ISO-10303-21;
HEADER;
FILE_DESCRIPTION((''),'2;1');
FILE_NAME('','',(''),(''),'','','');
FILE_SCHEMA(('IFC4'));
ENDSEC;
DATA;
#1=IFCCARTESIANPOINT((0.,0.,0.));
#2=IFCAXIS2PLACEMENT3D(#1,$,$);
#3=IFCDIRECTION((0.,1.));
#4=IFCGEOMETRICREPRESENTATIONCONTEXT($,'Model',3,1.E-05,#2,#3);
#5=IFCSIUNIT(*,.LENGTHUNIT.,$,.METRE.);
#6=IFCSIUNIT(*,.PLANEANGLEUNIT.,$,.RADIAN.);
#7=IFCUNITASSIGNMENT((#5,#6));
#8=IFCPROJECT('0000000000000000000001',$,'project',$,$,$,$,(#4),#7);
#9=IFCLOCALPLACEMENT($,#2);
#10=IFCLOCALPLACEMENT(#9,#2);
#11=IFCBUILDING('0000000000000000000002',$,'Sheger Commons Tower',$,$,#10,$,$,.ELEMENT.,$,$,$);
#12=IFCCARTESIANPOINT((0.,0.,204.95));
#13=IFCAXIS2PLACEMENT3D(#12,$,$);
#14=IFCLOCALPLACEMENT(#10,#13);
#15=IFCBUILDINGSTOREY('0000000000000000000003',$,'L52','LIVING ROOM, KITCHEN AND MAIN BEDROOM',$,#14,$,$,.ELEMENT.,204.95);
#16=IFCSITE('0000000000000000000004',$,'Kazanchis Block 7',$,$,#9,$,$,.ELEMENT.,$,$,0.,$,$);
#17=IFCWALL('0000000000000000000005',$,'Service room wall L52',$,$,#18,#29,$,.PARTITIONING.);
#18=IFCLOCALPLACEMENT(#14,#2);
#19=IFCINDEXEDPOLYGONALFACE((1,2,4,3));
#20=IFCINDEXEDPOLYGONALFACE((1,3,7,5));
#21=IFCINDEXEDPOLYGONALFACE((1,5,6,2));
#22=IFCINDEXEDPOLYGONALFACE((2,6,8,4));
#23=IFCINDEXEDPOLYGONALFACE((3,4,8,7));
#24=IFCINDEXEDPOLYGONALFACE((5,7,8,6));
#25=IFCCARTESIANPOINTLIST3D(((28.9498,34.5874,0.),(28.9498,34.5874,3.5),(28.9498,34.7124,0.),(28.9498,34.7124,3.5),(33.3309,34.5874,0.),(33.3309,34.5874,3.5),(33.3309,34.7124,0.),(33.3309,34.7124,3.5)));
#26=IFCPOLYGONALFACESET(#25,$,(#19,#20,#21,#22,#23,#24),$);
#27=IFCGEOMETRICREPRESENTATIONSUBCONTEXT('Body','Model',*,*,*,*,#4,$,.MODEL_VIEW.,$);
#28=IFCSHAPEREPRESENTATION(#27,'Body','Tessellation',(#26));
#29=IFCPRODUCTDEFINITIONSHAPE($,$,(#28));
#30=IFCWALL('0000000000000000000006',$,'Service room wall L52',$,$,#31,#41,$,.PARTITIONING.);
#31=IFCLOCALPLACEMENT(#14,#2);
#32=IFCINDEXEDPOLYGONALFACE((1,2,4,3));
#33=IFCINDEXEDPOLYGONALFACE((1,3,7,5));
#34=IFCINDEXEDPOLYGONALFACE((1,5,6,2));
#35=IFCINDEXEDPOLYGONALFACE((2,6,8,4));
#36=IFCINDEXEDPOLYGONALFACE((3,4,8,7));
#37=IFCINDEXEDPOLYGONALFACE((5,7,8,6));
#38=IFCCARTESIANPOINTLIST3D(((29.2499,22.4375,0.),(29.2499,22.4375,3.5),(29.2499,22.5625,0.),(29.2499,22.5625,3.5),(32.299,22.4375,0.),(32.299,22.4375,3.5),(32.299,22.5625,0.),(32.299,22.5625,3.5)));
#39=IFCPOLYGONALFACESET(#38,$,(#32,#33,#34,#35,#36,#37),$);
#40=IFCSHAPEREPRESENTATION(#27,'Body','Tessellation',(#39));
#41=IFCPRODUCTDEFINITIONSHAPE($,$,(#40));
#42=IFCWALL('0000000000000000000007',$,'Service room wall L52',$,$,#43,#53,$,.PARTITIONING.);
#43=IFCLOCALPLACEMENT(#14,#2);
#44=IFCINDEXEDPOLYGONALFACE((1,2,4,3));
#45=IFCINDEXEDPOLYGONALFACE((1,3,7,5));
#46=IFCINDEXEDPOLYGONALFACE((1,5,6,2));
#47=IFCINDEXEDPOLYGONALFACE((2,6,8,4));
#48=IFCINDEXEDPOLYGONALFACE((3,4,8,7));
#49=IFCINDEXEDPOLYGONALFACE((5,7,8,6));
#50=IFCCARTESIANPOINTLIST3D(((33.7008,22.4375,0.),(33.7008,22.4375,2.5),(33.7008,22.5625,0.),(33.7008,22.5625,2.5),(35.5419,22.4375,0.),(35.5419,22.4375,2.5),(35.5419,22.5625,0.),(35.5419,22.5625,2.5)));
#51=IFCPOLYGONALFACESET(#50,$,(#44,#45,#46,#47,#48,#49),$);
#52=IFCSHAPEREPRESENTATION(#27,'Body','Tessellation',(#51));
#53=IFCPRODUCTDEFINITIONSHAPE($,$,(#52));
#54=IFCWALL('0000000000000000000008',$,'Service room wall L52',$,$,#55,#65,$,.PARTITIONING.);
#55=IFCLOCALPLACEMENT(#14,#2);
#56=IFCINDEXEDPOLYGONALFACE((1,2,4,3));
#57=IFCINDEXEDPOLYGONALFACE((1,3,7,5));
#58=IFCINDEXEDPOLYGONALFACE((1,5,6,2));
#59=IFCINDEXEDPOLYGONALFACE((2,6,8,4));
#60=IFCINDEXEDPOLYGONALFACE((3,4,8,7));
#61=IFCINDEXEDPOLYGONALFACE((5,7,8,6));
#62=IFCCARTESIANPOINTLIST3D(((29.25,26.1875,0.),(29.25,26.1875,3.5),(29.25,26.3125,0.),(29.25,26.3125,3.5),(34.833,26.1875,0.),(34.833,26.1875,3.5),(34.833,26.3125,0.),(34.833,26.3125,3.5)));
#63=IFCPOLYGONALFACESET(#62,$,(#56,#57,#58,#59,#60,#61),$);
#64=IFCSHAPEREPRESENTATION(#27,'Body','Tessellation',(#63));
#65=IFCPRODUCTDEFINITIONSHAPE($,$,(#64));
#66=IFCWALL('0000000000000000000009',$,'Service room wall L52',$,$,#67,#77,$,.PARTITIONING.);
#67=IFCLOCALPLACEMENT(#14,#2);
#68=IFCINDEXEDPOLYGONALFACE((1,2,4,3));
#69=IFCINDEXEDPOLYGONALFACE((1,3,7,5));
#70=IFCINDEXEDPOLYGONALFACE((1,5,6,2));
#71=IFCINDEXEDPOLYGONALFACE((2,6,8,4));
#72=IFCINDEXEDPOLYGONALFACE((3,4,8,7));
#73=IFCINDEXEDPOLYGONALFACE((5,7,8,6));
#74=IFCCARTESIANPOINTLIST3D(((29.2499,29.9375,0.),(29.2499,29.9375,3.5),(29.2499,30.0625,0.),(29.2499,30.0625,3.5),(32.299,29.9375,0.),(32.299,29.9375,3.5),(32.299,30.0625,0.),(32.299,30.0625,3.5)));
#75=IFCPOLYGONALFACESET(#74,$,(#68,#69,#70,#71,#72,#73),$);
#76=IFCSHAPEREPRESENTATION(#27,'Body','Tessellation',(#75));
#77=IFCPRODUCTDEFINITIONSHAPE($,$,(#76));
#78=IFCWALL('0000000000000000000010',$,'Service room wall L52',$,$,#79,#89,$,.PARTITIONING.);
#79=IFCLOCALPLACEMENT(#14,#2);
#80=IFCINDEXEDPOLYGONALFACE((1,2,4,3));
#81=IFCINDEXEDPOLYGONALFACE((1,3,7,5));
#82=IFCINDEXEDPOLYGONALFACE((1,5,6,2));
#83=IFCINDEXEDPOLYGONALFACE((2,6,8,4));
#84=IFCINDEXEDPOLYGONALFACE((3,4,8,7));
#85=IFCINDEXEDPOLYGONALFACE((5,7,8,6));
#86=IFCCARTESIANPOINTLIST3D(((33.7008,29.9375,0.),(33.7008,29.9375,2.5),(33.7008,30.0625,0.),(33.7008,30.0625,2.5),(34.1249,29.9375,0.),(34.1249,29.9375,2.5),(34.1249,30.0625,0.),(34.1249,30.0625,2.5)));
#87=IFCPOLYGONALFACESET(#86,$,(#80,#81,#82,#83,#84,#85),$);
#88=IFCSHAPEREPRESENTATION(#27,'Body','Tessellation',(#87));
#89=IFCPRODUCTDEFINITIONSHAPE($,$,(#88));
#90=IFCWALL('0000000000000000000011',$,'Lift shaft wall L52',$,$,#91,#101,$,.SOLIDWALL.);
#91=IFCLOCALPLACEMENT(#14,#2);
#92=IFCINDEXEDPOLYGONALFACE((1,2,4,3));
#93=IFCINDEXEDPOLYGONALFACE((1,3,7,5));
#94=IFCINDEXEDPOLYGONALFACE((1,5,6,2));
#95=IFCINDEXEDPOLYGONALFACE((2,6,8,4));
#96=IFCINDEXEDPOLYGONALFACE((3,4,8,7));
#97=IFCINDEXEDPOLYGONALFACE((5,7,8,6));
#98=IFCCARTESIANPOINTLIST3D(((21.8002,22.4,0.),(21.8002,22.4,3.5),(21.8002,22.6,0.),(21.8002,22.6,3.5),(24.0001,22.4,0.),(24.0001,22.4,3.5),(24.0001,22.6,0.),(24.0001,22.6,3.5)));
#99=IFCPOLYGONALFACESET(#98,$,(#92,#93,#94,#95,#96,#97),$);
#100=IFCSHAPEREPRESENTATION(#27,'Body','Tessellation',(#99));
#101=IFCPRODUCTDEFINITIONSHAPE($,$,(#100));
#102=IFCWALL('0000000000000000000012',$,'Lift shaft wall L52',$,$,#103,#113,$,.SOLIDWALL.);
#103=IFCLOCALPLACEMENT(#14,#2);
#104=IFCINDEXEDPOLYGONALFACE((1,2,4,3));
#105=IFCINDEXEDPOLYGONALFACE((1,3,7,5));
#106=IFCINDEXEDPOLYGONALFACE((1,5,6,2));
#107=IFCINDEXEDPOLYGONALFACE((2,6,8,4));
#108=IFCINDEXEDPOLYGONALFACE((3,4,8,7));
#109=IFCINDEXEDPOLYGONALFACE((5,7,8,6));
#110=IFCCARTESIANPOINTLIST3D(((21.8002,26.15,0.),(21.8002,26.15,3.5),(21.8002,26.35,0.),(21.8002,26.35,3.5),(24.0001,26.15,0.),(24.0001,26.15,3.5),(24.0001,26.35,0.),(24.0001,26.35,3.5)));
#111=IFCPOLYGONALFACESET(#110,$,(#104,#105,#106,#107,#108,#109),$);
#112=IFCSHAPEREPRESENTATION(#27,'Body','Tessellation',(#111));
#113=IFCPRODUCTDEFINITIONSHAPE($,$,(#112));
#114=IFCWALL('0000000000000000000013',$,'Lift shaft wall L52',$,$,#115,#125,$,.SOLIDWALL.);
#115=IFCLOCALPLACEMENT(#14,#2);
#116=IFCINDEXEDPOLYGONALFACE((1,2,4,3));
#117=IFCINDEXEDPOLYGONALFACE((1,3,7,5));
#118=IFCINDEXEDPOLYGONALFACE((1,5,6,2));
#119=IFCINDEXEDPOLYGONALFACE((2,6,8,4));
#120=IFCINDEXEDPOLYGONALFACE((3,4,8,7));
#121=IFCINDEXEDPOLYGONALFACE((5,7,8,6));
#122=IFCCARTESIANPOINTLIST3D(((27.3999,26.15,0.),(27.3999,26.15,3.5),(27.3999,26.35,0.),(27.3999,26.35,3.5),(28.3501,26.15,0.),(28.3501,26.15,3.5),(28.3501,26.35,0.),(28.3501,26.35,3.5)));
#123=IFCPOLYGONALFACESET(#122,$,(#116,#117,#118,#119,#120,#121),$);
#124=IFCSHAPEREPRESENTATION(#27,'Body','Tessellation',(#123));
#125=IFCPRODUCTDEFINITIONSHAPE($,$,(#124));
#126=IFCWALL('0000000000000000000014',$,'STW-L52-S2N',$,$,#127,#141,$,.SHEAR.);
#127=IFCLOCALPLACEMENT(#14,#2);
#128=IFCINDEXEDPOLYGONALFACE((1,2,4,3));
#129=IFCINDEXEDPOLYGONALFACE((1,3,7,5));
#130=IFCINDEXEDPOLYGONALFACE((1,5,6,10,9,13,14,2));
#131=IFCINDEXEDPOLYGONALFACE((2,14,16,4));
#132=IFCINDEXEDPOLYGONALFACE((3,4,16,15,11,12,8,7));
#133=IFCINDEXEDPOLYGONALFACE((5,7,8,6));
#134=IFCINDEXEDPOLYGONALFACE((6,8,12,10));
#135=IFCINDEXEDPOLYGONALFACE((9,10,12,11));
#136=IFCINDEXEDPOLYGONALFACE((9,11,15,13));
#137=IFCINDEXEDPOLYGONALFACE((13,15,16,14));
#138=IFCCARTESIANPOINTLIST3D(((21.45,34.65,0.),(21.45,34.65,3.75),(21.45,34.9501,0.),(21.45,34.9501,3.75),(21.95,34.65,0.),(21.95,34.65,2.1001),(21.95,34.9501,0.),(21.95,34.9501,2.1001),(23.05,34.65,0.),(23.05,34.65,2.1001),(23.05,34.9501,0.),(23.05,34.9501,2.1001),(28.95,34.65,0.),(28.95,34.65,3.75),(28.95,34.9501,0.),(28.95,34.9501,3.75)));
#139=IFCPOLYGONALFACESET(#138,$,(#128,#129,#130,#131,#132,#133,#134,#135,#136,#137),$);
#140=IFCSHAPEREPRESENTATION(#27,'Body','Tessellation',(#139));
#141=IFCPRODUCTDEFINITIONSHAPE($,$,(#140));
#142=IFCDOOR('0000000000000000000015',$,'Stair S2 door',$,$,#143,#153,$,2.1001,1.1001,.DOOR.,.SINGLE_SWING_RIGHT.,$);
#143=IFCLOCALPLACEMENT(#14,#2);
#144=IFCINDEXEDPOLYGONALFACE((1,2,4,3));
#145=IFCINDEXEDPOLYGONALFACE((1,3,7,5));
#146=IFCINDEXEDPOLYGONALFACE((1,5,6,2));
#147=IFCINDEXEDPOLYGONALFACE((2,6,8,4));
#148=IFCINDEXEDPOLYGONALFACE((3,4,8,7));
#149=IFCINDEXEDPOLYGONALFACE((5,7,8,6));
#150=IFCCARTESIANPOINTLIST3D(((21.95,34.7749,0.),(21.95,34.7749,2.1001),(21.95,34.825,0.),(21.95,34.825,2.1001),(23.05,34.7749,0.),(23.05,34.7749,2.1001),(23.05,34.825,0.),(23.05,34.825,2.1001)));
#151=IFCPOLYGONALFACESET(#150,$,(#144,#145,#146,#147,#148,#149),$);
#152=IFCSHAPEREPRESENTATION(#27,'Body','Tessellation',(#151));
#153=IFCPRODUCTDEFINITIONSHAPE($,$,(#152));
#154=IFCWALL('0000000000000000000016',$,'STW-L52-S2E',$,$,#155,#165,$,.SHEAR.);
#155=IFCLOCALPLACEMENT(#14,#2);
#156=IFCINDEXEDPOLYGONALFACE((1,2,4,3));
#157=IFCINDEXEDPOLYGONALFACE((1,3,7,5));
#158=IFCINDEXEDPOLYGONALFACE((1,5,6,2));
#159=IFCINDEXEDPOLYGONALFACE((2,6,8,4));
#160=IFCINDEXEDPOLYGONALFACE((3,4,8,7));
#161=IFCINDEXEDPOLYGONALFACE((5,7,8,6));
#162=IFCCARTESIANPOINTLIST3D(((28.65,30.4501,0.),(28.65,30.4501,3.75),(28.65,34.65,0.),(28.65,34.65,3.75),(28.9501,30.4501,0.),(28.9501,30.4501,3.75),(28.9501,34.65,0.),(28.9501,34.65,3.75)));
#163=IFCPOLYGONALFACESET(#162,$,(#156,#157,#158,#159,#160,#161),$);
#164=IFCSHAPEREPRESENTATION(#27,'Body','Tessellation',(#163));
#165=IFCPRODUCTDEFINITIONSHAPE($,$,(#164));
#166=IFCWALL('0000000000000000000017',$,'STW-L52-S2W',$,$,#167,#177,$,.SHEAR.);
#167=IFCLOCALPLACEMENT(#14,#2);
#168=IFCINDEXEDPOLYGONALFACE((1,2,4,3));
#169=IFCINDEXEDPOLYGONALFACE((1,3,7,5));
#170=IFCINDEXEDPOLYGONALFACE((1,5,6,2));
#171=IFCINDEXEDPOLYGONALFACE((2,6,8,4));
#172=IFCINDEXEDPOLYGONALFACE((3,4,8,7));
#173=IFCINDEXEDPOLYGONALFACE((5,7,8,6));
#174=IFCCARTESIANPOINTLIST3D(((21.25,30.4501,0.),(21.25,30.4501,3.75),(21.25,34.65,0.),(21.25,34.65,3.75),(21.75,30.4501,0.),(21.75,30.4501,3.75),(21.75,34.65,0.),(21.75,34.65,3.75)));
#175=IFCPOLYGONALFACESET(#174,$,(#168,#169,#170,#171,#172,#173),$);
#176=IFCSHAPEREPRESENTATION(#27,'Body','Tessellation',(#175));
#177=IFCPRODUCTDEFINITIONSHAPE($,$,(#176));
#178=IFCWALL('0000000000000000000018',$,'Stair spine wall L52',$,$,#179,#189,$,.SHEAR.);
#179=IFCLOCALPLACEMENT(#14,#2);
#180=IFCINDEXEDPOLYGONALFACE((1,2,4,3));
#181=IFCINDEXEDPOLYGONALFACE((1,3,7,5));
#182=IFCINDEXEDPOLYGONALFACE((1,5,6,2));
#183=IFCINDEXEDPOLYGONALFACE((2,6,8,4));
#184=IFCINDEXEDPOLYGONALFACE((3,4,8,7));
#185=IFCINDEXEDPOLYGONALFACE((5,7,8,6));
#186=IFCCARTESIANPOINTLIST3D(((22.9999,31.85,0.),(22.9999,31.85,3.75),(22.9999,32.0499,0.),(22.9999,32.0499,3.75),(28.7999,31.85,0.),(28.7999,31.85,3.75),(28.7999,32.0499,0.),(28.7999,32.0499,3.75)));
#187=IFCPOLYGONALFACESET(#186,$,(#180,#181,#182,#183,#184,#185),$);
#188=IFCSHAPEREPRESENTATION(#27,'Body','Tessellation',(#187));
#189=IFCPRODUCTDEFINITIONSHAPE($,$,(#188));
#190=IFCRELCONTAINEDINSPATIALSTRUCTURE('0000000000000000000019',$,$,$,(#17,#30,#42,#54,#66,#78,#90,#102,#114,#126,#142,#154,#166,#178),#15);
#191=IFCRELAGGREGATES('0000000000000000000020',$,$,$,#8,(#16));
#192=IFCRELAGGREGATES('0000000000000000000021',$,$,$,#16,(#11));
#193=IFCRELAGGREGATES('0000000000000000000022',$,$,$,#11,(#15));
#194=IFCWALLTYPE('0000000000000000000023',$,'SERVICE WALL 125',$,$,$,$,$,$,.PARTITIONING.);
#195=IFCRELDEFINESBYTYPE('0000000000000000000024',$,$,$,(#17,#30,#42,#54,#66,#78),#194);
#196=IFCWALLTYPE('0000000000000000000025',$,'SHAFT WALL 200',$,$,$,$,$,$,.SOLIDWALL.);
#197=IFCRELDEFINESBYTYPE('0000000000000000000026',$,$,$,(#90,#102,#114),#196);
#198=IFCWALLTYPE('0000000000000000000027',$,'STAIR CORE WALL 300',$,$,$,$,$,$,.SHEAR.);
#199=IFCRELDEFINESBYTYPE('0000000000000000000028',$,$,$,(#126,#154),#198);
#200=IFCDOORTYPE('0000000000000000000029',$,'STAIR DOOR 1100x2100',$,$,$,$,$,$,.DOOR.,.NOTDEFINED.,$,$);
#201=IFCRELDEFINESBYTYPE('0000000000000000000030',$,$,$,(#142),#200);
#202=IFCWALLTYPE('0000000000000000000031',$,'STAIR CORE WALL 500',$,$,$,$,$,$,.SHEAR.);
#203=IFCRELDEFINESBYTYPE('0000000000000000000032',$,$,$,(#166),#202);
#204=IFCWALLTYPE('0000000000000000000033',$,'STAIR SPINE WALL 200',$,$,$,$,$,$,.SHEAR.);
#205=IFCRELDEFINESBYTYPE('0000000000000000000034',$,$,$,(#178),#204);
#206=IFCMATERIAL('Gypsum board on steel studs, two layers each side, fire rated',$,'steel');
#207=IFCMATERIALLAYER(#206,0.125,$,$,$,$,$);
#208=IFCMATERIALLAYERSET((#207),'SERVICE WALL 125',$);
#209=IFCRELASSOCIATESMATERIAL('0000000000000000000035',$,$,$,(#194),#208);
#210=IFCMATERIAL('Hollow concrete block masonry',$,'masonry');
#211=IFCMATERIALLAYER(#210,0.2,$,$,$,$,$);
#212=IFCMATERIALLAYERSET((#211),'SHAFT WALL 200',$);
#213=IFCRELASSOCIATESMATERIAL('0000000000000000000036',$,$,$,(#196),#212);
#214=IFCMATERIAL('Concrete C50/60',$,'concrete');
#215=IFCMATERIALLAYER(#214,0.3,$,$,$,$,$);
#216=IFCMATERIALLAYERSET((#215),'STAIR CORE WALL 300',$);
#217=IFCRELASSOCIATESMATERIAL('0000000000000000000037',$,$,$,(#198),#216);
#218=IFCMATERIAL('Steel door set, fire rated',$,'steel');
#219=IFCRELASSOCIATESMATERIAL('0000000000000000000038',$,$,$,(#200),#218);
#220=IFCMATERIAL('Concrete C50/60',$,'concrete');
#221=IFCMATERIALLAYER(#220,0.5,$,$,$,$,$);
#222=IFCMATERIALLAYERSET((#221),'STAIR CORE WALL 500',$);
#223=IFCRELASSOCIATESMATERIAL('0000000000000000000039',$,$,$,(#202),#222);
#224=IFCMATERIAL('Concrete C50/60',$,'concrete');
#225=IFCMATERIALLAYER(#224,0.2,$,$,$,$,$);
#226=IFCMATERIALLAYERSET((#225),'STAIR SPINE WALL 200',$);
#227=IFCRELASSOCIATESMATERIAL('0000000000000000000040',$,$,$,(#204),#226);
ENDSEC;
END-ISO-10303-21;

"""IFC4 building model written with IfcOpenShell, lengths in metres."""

from ifc_helpers import new_model, si_unit, direction, frame, frame_2d, origin, place, context, subcontext, project, spatial, rectangle, extrude, material, layer, layer_set, type_object, element, fill, save


model = new_model("IFC4")

# Units and contexts
model_context = context("Model", 3, precision=1e-05, world=origin(), true_north=direction((0.0, 1.0)))
body_context = subcontext(model_context, "Body", "Model", "MODEL_VIEW")
ifc_project = project(units=[si_unit("LENGTHUNIT", "METRE"), si_unit("PLANEANGLEUNIT", "RADIAN")], contexts=[model_context])

# Site, building, storey
site_placement = place(None, origin())
site = spatial("IfcSite", under=ifc_project, at=site_placement, Name="Kazanchis Block 7", CompositionType="ELEMENT", RefElevation=0.0)
building_placement = place(site_placement, origin())
building = spatial("IfcBuilding", under=site, at=building_placement, Name="Sheger Commons Tower", CompositionType="ELEMENT")
storey_placement = place(building_placement, frame((0.0, 0.0, 204.95)))
storey = spatial("IfcBuildingStorey", under=building, at=storey_placement, Name="L52", Description="LIVING ROOM, KITCHEN AND MAIN BEDROOM", CompositionType="ELEMENT", Elevation=204.95)

# Walls
ifc_material_1 = material(Name="Gypsum board on steel studs, two layers each side, fire rated", Category="steel")
ifc_layer_1 = layer(ifc_material_1, 0.125)
ifc_layer_set_1 = layer_set([ifc_layer_1], Name="SERVICE WALL 125")
wall_type_1 = type_object("IfcWallType", Name="SERVICE WALL 125", PredefinedType="PARTITIONING", material=ifc_layer_set_1)
wall_1_placement = place(storey_placement, frame((28.95, 34.6499, 0.0), z_axis=(0.0, 0.0, 1.0), x_axis=(1.0, 0.0, 0.0)))
element("IfcWall", 1, at=wall_1_placement, inside=storey, type_object=wall_type_1, Name="Service room wall L52", PredefinedType="PARTITIONING", context=body_context, shape_type="SweptSolid", body=[
    extrude(rectangle(XDim=4.3811, YDim=0.125, at=frame_2d((2.1904, 0.0))), origin(), (0.0, 0.0, 1.0), 3.5),
])
wall_2_placement = place(storey_placement, frame((29.25, 22.5, 0.0), z_axis=(0.0, 0.0, 1.0), x_axis=(1.0, 0.0, 0.0)))
element("IfcWall", 2, at=wall_2_placement, inside=storey, type_object=wall_type_1, Name="Service room wall L52", PredefinedType="PARTITIONING", context=body_context, shape_type="SweptSolid", body=[
    extrude(rectangle(XDim=3.0491, YDim=0.125, at=frame_2d((1.5244, 0.0))), origin(), (0.0, 0.0, 1.0), 3.5),
])
wall_3_placement = place(storey_placement, frame((33.7009, 22.5, 0.0), z_axis=(0.0, 0.0, 1.0), x_axis=(1.0, 0.0, 0.0)))
element("IfcWall", 3, at=wall_3_placement, inside=storey, type_object=wall_type_1, Name="Service room wall L52", PredefinedType="PARTITIONING", context=body_context, shape_type="SweptSolid", body=[
    extrude(rectangle(XDim=1.8411, YDim=0.125, at=frame_2d((0.9204, 0.0))), origin(), (0.0, 0.0, 1.0), 2.5),
])
wall_4_placement = place(storey_placement, frame((29.25, 26.25, 0.0), z_axis=(0.0, 0.0, 1.0), x_axis=(1.0, 0.0, 0.0)))
element("IfcWall", 4, at=wall_4_placement, inside=storey, type_object=wall_type_1, Name="Service room wall L52", PredefinedType="PARTITIONING", context=body_context, shape_type="SweptSolid", body=[
    extrude(rectangle(XDim=5.583, YDim=0.125, at=frame_2d((2.7915, 0.0))), origin(), (0.0, 0.0, 1.0), 3.5),
])
wall_5_placement = place(storey_placement, frame((29.25, 30.0, 0.0), z_axis=(0.0, 0.0, 1.0), x_axis=(1.0, 0.0, 0.0)))
element("IfcWall", 5, at=wall_5_placement, inside=storey, type_object=wall_type_1, Name="Service room wall L52", PredefinedType="PARTITIONING", context=body_context, shape_type="SweptSolid", body=[
    extrude(rectangle(XDim=3.0491, YDim=0.125, at=frame_2d((1.5244, 0.0))), origin(), (0.0, 0.0, 1.0), 3.5),
])
wall_6_placement = place(storey_placement, frame((33.7009, 30.0, 0.0), z_axis=(0.0, 0.0, 1.0), x_axis=(1.0, 0.0, 0.0)))
element("IfcWall", 6, at=wall_6_placement, inside=storey, type_object=wall_type_1, Name="Service room wall L52", PredefinedType="PARTITIONING", context=body_context, shape_type="SweptSolid", body=[
    extrude(rectangle(XDim=0.4241, YDim=0.125, at=frame_2d((0.2119, 0.0))), origin(), (0.0, 0.0, 1.0), 2.5),
])
ifc_material_2 = material(Name="Hollow concrete block masonry", Category="masonry")
ifc_layer_2 = layer(ifc_material_2, 0.2)
ifc_layer_set_2 = layer_set([ifc_layer_2], Name="SHAFT WALL 200")
wall_type_2 = type_object("IfcWallType", Name="SHAFT WALL 200", PredefinedType="SOLIDWALL", material=ifc_layer_set_2)
for number, where, z_axis, x_axis, name in (
    (7, (21.8, 22.5, 0.0), (0.0, 0.0, 1.0), (1.0, 0.0, 0.0), "Lift shaft wall L52"),
    (8, (21.8, 26.25, 0.0), (0.0, 0.0, 1.0), (1.0, 0.0, 0.0), "Lift shaft wall L52"),
):
    element("IfcWall", number, at=place(storey_placement, frame(where, z_axis=z_axis, x_axis=x_axis)), inside=storey, type_object=wall_type_2, Name=name, PredefinedType="SOLIDWALL", context=body_context, shape_type="SweptSolid", body=[
        extrude(rectangle(XDim=2.2, YDim=0.2, at=frame_2d((1.1001, 0.0))), origin(), (0.0, 0.0, 1.0), 3.5),
    ])
wall_7_placement = place(storey_placement, frame((27.3999, 26.25, 0.0), z_axis=(0.0, 0.0, 1.0), x_axis=(1.0, 0.0, 0.0)))
element("IfcWall", 9, at=wall_7_placement, inside=storey, type_object=wall_type_2, Name="Lift shaft wall L52", PredefinedType="SOLIDWALL", context=body_context, shape_type="SweptSolid", body=[
    extrude(rectangle(XDim=0.9502, YDim=0.2, at=frame_2d((0.4751, 0.0))), origin(), (0.0, 0.0, 1.0), 3.5),
])

# Wall, opening, door
ifc_material_3 = material(Name="Concrete C50/60", Category="concrete")
ifc_layer_3 = layer(ifc_material_3, 0.3)
ifc_layer_set_3 = layer_set([ifc_layer_3], Name="STAIR CORE WALL 300")
wall_type_3 = type_object("IfcWallType", Name="STAIR CORE WALL 300", PredefinedType="SHEAR", material=ifc_layer_set_3)
wall_8_placement = place(storey_placement, frame((21.45, 34.8, 0.0), z_axis=(0.0, 0.0, 1.0), x_axis=(1.0, 0.0, 0.0)))
wall_8 = element("IfcWall", 10, at=wall_8_placement, inside=storey, type_object=wall_type_3, Name="STW-L52-S2N", PredefinedType="SHEAR", context=body_context, shape_type="SweptSolid", body=[
    extrude(rectangle(XDim=7.5, YDim=0.3, at=frame_2d((3.75, 0.0))), origin(), (0.0, 0.0, 1.0), 3.75),
])
opening_1_placement = place(wall_8_placement, frame((0.5, 0.0, 0.0)))
opening_1 = element("IfcOpeningElement", 11, at=opening_1_placement, cuts=wall_8, PredefinedType="OPENING", context=body_context, shape_type="SweptSolid", body=[
    extrude(rectangle(XDim=1.1001, YDim=2.1001, at=frame_2d((0.55, 1.05))), frame((0.0, 0.1599, 0.0), z_axis=(0.0, -1.0, 0.0), x_axis=(1.0, 0.0, 0.0)), (0.0, 0.0, 1.0), 0.3201),
])
ifc_material_4 = material(Name="Steel door set, fire rated", Category="steel")
door_type_1 = type_object("IfcDoorType", Name="STAIR DOOR 1100x2100", OperationType="NOTDEFINED", PredefinedType="DOOR", material=ifc_material_4)
door_1_placement = place(opening_1_placement, origin())
door_1 = element("IfcDoor", 12, at=door_1_placement, inside=storey, type_object=door_type_1, Name="Stair S2 door", OperationType="SINGLE_SWING_RIGHT", OverallHeight=2.1001, OverallWidth=1.1001, PredefinedType="DOOR", context=body_context, shape_type="SweptSolid", body=[
    extrude(rectangle(XDim=1.1001, YDim=2.1001, at=frame_2d((0.55, 1.05))), frame((0.0, 0.0249, 0.0), z_axis=(0.0, -1.0, 0.0), x_axis=(1.0, 0.0, 0.0)), (0.0, 0.0, 1.0), 0.05),
])
fill(opening_1, door_1)

# Walls
wall_9_placement = place(storey_placement, frame((28.8, 30.45, 0.0), z_axis=(0.0, 0.0, 1.0), x_axis=(0.0, 1.0, 0.0)))
element("IfcWall", 13, at=wall_9_placement, inside=storey, type_object=wall_type_3, Name="STW-L52-S2E", PredefinedType="SHEAR", context=body_context, shape_type="SweptSolid", body=[
    extrude(rectangle(XDim=4.2, YDim=0.3, at=frame_2d((2.1001, 0.0))), origin(), (0.0, 0.0, 1.0), 3.75),
])
ifc_material_5 = material(Name="Concrete C50/60", Category="concrete")
ifc_layer_4 = layer(ifc_material_5, 0.5)
ifc_layer_set_4 = layer_set([ifc_layer_4], Name="STAIR CORE WALL 500")
wall_type_4 = type_object("IfcWallType", Name="STAIR CORE WALL 500", PredefinedType="SHEAR", material=ifc_layer_set_4)
wall_10_placement = place(storey_placement, frame((21.5, 30.45, 0.0), z_axis=(0.0, 0.0, 1.0), x_axis=(0.0, 1.0, 0.0)))
element("IfcWall", 14, at=wall_10_placement, inside=storey, type_object=wall_type_4, Name="STW-L52-S2W", PredefinedType="SHEAR", context=body_context, shape_type="SweptSolid", body=[
    extrude(rectangle(XDim=4.2, YDim=0.5, at=frame_2d((2.1001, 0.0))), origin(), (0.0, 0.0, 1.0), 3.75),
])
ifc_material_6 = material(Name="Concrete C50/60", Category="concrete")
ifc_layer_5 = layer(ifc_material_6, 0.2)
ifc_layer_set_5 = layer_set([ifc_layer_5], Name="STAIR SPINE WALL 200")
wall_type_5 = type_object("IfcWallType", Name="STAIR SPINE WALL 200", PredefinedType="SHEAR", material=ifc_layer_set_5)
wall_11_placement = place(storey_placement, frame((23.0, 31.95, 0.0), z_axis=(0.0, 0.0, 1.0), x_axis=(1.0, 0.0, 0.0)))
element("IfcWall", 15, at=wall_11_placement, inside=storey, type_object=wall_type_5, Name="Stair spine wall L52", PredefinedType="SHEAR", context=body_context, shape_type="SweptSolid", body=[
    extrude(rectangle(XDim=5.8, YDim=0.2, at=frame_2d((2.8999, 0.0))), origin(), (0.0, 0.0, 1.0), 3.75),
])

save(model, "model.ifc")
